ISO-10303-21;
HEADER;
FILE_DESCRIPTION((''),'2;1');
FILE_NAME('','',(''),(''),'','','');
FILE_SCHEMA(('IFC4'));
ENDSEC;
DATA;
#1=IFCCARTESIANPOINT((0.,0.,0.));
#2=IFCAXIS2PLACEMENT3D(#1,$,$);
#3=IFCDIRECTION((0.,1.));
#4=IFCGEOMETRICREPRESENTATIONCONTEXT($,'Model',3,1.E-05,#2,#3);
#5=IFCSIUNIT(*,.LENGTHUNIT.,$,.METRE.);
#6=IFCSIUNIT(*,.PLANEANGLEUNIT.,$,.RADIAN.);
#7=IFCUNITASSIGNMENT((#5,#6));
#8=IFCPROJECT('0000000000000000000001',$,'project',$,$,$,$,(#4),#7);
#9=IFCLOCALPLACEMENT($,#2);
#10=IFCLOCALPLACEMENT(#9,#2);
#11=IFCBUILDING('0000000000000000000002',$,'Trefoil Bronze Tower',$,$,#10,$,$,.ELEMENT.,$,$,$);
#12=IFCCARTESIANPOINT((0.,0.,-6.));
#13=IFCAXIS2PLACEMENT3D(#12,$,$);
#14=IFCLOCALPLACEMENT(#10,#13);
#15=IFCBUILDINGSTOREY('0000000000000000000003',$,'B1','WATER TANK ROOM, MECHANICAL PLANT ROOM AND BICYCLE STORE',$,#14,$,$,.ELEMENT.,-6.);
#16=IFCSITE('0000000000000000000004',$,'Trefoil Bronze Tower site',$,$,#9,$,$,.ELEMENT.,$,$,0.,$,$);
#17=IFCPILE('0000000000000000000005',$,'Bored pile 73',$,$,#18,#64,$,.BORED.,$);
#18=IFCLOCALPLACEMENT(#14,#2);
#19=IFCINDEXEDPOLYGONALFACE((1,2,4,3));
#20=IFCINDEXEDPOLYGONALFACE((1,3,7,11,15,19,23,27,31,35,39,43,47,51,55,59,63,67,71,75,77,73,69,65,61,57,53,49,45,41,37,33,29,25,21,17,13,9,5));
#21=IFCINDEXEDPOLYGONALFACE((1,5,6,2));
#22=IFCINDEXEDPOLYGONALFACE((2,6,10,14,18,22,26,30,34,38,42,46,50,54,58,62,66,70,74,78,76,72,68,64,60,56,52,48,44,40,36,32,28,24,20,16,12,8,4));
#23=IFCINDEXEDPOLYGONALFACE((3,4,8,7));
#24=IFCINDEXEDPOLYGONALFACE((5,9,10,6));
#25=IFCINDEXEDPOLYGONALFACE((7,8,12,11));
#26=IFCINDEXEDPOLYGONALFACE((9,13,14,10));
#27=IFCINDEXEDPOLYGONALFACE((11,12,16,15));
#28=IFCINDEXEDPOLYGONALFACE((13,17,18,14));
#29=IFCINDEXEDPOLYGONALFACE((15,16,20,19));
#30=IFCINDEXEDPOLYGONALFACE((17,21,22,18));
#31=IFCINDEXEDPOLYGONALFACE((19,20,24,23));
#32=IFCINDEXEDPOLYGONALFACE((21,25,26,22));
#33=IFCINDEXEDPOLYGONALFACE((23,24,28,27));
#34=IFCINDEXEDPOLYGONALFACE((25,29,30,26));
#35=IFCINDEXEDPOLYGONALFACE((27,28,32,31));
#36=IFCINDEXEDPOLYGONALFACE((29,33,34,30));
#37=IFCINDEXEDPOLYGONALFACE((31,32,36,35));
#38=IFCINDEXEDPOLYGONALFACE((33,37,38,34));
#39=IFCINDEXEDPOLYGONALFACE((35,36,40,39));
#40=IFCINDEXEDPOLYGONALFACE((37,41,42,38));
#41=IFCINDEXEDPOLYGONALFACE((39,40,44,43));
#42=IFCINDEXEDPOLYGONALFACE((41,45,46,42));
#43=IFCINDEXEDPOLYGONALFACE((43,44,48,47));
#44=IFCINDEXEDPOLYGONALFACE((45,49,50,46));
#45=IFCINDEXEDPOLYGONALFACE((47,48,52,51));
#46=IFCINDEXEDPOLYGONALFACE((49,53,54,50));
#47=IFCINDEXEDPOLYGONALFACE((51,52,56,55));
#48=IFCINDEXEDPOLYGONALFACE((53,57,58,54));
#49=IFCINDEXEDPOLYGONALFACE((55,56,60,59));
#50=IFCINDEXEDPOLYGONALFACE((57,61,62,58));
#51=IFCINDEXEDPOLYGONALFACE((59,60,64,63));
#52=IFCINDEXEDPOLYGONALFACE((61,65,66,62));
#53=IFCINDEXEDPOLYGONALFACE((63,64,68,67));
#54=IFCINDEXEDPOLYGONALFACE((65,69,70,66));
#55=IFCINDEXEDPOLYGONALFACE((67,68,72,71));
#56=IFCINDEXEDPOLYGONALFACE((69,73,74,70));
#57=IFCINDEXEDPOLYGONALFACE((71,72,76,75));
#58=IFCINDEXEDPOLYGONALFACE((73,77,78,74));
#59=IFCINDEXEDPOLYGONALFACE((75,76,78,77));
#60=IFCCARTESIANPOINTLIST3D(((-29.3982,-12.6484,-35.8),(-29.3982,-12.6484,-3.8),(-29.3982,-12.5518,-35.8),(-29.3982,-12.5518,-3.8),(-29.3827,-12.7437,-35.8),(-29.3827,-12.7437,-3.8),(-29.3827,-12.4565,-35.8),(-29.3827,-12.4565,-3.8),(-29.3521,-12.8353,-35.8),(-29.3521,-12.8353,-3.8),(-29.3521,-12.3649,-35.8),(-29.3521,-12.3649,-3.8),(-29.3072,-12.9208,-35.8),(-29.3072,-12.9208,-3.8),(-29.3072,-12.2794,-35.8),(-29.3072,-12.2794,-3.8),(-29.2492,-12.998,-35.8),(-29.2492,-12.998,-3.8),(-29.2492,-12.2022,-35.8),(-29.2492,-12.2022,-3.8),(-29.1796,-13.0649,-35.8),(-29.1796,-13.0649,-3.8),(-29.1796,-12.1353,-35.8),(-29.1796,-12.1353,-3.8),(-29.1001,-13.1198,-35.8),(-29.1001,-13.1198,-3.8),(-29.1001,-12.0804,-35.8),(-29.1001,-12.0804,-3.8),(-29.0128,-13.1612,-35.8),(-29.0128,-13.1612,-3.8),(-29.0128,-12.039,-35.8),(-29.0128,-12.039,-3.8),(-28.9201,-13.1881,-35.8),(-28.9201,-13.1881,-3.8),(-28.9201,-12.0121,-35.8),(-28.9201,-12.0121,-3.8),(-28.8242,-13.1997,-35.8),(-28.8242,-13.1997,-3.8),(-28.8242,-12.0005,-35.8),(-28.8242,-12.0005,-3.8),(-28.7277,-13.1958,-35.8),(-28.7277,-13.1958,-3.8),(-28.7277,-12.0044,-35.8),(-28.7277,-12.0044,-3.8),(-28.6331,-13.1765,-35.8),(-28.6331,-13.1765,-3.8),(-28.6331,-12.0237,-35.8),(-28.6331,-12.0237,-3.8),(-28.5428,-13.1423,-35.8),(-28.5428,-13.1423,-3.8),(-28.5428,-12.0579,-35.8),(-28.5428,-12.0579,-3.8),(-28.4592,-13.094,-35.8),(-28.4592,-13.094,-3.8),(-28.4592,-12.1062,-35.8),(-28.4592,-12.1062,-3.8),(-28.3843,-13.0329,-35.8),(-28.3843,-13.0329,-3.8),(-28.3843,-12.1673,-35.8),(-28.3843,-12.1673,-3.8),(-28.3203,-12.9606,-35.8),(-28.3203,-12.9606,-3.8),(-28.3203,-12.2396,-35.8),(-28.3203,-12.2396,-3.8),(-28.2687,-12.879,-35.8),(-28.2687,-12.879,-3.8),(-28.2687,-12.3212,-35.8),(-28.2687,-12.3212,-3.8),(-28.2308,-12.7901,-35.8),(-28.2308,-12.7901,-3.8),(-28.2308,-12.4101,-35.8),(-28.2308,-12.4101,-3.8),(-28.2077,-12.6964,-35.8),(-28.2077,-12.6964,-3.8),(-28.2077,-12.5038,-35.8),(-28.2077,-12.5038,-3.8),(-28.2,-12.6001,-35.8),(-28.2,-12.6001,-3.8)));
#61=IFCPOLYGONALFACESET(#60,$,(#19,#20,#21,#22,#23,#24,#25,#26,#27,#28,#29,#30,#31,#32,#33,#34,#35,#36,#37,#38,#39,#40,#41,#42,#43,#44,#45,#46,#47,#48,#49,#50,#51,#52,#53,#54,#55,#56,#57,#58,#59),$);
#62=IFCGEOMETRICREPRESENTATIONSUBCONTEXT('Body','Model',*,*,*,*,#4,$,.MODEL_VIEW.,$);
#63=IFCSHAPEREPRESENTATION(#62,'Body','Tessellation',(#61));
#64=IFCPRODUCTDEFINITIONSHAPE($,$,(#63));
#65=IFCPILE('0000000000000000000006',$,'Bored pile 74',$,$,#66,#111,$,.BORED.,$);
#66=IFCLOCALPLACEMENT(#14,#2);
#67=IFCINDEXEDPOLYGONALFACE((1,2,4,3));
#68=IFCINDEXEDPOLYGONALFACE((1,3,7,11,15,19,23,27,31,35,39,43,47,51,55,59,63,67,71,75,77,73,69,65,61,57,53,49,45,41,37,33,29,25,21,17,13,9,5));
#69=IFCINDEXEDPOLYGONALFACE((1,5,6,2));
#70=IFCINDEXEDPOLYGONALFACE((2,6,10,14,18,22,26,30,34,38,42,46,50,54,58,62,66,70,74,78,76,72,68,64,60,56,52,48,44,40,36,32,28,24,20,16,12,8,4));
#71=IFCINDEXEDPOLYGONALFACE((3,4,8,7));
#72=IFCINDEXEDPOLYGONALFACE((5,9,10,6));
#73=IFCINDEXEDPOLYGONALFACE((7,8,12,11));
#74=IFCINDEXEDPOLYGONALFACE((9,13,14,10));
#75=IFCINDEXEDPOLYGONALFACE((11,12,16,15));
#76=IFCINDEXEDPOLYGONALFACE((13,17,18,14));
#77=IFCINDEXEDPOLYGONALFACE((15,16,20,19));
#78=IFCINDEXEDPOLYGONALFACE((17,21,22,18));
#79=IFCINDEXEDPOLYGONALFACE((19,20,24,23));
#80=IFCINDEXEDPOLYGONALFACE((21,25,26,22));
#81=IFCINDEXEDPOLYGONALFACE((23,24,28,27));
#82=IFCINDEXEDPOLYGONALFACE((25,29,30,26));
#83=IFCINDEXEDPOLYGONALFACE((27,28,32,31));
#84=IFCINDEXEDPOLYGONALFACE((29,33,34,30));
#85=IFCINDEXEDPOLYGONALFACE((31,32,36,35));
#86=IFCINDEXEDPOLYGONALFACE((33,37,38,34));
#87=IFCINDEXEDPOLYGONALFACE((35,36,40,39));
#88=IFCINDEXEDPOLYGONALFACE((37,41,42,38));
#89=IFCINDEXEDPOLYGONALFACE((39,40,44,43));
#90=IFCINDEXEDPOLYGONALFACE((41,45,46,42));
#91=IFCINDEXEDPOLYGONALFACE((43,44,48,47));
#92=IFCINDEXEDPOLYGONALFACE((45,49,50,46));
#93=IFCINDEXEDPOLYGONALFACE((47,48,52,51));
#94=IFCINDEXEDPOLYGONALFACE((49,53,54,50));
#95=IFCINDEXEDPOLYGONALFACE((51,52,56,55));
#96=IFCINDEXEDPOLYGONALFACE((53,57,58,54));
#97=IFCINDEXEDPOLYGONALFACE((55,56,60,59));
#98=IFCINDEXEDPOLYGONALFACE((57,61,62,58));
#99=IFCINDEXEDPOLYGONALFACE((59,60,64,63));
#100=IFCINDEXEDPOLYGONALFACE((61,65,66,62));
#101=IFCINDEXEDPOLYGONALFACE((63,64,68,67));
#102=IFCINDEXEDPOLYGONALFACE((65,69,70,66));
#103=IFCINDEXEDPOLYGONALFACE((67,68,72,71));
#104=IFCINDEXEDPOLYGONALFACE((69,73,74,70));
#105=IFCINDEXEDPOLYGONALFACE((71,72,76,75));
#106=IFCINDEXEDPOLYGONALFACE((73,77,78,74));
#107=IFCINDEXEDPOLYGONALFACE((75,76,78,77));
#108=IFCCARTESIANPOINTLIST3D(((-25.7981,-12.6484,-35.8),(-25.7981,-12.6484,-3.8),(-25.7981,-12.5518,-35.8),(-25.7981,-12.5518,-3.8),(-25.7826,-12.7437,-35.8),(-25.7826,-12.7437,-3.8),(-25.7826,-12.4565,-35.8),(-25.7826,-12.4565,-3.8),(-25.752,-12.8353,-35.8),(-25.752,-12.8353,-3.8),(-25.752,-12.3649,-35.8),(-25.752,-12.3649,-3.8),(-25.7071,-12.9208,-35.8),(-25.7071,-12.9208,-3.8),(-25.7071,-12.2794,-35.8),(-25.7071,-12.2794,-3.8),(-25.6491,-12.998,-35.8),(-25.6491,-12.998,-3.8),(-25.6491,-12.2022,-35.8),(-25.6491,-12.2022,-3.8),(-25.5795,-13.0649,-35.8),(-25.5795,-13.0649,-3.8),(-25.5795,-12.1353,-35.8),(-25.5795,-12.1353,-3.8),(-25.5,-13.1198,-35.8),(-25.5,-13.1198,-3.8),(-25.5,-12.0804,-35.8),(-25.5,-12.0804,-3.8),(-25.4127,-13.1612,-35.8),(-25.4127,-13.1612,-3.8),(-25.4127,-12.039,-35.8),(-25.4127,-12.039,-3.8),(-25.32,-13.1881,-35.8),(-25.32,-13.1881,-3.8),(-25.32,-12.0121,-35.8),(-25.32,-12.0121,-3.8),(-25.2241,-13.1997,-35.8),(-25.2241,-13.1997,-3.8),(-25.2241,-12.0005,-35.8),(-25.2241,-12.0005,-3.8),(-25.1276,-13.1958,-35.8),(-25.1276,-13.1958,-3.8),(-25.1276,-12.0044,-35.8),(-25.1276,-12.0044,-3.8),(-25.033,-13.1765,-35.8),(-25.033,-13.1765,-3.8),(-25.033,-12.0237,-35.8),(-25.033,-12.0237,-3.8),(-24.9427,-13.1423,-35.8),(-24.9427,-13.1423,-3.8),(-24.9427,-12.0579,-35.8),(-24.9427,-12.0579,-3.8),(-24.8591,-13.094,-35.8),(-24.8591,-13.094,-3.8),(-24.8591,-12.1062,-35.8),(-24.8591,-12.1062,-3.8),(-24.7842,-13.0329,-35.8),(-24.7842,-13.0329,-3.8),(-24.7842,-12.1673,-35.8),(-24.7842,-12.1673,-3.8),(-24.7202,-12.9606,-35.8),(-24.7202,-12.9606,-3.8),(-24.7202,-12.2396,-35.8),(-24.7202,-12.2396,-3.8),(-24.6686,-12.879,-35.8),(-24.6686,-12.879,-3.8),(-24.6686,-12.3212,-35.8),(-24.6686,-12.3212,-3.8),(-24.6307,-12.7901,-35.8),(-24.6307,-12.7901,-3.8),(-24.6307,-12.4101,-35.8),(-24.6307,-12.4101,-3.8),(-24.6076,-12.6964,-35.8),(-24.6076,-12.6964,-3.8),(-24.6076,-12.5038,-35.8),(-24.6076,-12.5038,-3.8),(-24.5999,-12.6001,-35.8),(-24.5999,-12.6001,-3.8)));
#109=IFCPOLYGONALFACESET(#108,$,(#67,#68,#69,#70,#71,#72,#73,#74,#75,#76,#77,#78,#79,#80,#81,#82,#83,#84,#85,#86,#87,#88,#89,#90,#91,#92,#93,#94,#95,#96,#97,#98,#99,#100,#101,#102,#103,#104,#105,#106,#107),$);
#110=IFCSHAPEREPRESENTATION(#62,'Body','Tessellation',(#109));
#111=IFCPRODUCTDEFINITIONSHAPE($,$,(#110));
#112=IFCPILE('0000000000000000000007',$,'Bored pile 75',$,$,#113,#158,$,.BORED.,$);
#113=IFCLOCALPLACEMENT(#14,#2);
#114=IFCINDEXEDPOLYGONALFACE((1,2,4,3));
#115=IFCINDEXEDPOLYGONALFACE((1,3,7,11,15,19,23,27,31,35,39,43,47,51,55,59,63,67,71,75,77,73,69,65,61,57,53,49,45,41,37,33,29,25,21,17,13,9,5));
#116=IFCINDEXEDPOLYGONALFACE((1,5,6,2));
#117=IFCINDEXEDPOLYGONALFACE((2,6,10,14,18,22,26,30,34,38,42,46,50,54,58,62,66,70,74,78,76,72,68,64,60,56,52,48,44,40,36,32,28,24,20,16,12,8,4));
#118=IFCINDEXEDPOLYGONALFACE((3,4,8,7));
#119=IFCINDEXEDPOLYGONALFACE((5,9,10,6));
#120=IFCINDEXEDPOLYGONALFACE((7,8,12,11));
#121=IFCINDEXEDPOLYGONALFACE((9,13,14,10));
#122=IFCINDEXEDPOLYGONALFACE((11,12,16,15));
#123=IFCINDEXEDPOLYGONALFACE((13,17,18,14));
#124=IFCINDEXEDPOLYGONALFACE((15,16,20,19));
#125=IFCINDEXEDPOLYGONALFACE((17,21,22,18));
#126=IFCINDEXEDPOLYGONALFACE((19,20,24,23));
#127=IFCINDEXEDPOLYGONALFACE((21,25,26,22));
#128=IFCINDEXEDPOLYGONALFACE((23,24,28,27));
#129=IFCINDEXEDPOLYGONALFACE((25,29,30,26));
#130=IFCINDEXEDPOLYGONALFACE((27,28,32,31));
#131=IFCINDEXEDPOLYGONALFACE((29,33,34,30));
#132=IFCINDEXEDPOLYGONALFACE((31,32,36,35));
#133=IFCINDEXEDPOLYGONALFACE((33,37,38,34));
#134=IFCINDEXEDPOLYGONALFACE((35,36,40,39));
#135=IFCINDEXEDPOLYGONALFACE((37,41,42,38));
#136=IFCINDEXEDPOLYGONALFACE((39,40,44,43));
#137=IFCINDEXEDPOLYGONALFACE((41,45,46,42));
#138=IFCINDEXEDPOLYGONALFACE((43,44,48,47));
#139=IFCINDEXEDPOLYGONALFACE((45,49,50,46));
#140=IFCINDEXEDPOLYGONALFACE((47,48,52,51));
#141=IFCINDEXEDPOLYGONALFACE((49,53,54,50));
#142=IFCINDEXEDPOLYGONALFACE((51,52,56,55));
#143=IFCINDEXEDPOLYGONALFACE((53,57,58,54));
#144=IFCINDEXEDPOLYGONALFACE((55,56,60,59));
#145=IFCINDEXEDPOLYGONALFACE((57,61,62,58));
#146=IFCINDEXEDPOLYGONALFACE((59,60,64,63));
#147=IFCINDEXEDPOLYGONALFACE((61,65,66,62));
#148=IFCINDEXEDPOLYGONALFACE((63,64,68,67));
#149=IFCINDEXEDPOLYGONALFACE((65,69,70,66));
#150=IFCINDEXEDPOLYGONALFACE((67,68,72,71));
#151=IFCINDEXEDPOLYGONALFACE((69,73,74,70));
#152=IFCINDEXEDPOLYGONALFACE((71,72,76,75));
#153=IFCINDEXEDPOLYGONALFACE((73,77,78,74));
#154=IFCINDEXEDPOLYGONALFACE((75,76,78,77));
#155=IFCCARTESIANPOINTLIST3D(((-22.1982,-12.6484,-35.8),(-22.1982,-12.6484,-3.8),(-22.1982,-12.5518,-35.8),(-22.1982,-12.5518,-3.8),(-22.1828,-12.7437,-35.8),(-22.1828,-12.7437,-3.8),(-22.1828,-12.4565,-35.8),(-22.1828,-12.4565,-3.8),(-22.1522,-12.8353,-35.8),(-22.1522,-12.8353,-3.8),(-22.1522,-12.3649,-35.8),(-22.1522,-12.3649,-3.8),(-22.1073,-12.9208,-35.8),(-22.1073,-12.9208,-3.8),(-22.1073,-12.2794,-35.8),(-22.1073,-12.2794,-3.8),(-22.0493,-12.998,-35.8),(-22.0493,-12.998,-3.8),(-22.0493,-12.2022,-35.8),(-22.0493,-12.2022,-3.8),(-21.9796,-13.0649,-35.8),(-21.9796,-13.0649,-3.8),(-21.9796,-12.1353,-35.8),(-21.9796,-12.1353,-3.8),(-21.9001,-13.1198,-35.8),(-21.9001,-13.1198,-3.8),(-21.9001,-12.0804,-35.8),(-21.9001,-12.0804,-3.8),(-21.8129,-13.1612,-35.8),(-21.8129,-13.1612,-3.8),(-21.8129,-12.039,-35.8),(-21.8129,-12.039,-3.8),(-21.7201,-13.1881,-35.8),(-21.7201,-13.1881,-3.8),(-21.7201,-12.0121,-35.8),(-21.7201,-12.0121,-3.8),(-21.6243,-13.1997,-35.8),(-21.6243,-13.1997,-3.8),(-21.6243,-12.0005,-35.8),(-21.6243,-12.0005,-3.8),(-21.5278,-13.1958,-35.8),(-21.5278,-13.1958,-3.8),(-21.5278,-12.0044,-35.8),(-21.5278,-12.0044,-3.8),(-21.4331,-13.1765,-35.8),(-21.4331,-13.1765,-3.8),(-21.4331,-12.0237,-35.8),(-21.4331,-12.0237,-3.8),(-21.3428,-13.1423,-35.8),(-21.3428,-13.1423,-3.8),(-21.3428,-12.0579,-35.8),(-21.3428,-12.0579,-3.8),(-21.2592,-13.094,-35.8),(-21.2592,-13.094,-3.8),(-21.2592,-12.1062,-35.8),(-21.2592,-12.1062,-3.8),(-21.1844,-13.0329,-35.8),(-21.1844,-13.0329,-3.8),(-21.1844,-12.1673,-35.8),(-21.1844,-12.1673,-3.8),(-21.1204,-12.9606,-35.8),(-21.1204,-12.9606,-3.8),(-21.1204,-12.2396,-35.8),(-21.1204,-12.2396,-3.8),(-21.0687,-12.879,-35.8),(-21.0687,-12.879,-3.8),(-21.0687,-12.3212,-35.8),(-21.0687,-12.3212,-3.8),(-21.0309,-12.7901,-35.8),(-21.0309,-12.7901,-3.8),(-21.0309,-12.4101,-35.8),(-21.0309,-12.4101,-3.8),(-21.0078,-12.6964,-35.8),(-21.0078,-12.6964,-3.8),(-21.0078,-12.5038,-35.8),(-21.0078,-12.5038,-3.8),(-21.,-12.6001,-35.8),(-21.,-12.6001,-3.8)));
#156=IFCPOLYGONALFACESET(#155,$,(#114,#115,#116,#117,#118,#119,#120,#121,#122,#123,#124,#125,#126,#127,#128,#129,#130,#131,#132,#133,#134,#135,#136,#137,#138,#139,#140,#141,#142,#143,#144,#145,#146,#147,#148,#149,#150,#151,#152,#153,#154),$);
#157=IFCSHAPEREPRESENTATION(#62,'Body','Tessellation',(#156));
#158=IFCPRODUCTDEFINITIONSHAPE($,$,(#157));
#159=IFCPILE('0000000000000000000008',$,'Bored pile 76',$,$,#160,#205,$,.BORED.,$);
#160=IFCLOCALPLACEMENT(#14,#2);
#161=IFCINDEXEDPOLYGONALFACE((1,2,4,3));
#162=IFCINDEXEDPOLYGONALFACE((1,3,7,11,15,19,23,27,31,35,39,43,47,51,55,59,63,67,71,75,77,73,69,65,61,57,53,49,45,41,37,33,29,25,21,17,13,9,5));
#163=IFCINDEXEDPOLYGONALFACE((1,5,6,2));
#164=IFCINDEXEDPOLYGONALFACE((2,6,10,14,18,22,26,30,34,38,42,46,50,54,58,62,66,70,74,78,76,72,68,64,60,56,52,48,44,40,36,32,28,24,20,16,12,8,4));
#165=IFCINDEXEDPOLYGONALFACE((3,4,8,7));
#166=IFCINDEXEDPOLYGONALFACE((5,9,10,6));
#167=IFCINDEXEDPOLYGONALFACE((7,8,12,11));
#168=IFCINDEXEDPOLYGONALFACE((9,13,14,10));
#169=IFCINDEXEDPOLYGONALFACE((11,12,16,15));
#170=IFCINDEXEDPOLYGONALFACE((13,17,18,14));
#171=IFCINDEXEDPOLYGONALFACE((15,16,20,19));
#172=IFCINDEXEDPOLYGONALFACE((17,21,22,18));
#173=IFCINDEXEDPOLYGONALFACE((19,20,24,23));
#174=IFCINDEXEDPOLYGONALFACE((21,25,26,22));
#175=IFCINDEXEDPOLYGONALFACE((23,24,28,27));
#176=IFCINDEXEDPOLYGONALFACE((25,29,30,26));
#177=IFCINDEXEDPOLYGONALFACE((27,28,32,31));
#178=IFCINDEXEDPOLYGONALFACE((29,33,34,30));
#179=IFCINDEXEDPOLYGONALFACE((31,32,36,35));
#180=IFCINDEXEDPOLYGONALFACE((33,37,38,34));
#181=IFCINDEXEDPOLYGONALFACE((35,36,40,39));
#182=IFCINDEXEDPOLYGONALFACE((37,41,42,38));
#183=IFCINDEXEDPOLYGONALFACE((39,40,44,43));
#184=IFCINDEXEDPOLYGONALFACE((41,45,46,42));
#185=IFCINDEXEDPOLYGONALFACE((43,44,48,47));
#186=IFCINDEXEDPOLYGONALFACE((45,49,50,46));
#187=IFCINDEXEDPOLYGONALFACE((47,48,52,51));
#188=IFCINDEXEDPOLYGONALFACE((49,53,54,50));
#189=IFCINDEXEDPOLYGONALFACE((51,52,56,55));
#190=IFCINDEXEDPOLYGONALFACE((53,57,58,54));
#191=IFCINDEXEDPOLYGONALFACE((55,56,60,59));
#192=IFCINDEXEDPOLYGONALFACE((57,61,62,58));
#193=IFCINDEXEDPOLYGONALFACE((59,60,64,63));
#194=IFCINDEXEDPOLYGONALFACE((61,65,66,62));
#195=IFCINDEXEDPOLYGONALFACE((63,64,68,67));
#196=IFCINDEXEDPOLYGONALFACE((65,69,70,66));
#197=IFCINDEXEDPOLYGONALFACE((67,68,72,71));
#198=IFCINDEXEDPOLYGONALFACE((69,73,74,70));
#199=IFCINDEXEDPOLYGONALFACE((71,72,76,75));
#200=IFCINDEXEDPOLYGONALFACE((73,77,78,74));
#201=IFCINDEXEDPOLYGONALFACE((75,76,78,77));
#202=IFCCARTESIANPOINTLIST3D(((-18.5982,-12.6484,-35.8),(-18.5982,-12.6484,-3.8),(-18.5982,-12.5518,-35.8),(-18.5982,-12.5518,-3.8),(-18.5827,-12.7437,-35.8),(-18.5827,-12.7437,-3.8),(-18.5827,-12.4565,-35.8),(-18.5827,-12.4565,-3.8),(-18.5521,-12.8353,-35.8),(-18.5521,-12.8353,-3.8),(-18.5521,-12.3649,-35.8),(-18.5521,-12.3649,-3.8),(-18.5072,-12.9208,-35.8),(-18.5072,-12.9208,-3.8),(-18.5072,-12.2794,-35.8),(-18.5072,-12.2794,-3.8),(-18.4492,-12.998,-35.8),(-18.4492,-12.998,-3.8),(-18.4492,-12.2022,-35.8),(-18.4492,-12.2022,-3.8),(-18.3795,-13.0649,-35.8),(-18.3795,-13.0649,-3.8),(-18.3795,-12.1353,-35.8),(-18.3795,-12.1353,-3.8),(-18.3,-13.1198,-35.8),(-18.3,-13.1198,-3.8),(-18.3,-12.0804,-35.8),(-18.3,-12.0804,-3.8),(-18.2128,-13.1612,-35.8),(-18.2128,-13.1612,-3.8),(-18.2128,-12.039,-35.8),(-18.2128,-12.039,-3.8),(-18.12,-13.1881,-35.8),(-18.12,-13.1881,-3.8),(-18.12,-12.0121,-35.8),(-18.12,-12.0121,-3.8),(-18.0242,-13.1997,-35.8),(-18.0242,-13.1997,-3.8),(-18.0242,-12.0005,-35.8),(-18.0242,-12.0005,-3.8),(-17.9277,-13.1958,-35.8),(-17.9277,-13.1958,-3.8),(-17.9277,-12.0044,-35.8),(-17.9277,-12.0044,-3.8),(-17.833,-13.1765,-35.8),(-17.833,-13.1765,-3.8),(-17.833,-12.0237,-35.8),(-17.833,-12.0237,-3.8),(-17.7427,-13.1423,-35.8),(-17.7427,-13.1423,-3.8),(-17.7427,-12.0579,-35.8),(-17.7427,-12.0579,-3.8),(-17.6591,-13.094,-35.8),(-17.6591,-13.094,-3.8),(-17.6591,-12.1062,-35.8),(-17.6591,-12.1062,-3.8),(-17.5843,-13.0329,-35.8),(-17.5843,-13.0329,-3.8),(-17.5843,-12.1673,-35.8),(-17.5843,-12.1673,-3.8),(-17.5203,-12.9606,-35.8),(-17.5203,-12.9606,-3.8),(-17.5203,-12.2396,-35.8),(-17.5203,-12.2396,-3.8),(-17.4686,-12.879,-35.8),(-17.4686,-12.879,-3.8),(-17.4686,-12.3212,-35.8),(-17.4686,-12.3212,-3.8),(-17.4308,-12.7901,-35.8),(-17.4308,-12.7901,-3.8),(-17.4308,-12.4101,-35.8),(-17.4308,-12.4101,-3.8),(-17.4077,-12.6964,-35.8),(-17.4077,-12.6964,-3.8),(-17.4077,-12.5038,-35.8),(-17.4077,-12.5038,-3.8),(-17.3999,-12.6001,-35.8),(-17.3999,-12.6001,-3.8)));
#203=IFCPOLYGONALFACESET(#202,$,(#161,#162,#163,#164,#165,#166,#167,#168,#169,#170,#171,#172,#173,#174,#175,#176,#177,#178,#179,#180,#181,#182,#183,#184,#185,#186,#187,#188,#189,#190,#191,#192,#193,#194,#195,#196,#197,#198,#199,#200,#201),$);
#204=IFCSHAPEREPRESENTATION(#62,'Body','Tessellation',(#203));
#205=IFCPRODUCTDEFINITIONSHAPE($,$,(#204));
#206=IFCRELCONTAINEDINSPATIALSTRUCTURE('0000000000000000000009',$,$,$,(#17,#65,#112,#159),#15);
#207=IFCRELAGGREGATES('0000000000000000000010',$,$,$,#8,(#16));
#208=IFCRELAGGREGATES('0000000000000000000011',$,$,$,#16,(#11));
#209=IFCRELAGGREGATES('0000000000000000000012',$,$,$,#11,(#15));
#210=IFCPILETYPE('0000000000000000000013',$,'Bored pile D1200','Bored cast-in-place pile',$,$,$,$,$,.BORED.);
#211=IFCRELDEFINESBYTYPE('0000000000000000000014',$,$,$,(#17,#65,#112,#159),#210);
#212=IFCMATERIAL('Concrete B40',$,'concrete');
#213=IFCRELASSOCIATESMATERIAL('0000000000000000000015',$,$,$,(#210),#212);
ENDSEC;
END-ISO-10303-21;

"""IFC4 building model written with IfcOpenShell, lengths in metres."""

from ifc_helpers import new_model, si_unit, direction, frame, origin, origin_2d, place, context, subcontext, project, spatial, circle, extrude, material, type_object, element, save


model = new_model("IFC4")

# Units and contexts
model_context = context("Model", 3, precision=1e-05, world=origin(), true_north=direction((0.0, 1.0)))
body_context = subcontext(model_context, "Body", "Model", "MODEL_VIEW")
ifc_project = project(units=[si_unit("LENGTHUNIT", "METRE"), si_unit("PLANEANGLEUNIT", "RADIAN")], contexts=[model_context])

# Site, building, storey
site_placement = place(None, origin())
site = spatial("IfcSite", under=ifc_project, at=site_placement, Name="Trefoil Bronze Tower site", CompositionType="ELEMENT", RefElevation=0.0)
building_placement = place(site_placement, origin())
building = spatial("IfcBuilding", under=site, at=building_placement, Name="Trefoil Bronze Tower", CompositionType="ELEMENT")
storey_placement = place(building_placement, frame((0.0, 0.0, -6.0)))
storey = spatial("IfcBuildingStorey", under=building, at=storey_placement, Name="B1", Description="WATER TANK ROOM, MECHANICAL PLANT ROOM AND BICYCLE STORE", CompositionType="ELEMENT", Elevation=-6.0)

# Piles
ifc_material_1 = material(Name="Concrete B40", Category="concrete")
pile_type = type_object("IfcPileType", Name="Bored pile D1200", Description="Bored cast-in-place pile", PredefinedType="BORED", material=ifc_material_1)
for number, where, z_axis, x_axis, name in (
    (1, (-28.8, -12.6001, -3.8), (0.0, 0.0, -1.0), (1.0, 0.0, 0.0), "Bored pile 73"),
    (2, (-25.2, -12.6001, -3.8), (0.0, 0.0, -1.0), (1.0, 0.0, 0.0), "Bored pile 74"),
    (3, (-21.6001, -12.6001, -3.8), (0.0, 0.0, -1.0), (1.0, 0.0, 0.0), "Bored pile 75"),
    (4, (-18.0, -12.6001, -3.8), (0.0, 0.0, -1.0), (1.0, 0.0, 0.0), "Bored pile 76"),
):
    element("IfcPile", number, at=place(storey_placement, frame(where, z_axis=z_axis, x_axis=x_axis)), inside=storey, type_object=pile_type, Name=name, PredefinedType="BORED", context=body_context, shape_type="SweptSolid", body=[
        extrude(circle(Radius=0.6001, at=origin_2d()), origin(), (0.0, 0.0, 1.0), 32.0),
    ])

save(model, "model.ifc")
